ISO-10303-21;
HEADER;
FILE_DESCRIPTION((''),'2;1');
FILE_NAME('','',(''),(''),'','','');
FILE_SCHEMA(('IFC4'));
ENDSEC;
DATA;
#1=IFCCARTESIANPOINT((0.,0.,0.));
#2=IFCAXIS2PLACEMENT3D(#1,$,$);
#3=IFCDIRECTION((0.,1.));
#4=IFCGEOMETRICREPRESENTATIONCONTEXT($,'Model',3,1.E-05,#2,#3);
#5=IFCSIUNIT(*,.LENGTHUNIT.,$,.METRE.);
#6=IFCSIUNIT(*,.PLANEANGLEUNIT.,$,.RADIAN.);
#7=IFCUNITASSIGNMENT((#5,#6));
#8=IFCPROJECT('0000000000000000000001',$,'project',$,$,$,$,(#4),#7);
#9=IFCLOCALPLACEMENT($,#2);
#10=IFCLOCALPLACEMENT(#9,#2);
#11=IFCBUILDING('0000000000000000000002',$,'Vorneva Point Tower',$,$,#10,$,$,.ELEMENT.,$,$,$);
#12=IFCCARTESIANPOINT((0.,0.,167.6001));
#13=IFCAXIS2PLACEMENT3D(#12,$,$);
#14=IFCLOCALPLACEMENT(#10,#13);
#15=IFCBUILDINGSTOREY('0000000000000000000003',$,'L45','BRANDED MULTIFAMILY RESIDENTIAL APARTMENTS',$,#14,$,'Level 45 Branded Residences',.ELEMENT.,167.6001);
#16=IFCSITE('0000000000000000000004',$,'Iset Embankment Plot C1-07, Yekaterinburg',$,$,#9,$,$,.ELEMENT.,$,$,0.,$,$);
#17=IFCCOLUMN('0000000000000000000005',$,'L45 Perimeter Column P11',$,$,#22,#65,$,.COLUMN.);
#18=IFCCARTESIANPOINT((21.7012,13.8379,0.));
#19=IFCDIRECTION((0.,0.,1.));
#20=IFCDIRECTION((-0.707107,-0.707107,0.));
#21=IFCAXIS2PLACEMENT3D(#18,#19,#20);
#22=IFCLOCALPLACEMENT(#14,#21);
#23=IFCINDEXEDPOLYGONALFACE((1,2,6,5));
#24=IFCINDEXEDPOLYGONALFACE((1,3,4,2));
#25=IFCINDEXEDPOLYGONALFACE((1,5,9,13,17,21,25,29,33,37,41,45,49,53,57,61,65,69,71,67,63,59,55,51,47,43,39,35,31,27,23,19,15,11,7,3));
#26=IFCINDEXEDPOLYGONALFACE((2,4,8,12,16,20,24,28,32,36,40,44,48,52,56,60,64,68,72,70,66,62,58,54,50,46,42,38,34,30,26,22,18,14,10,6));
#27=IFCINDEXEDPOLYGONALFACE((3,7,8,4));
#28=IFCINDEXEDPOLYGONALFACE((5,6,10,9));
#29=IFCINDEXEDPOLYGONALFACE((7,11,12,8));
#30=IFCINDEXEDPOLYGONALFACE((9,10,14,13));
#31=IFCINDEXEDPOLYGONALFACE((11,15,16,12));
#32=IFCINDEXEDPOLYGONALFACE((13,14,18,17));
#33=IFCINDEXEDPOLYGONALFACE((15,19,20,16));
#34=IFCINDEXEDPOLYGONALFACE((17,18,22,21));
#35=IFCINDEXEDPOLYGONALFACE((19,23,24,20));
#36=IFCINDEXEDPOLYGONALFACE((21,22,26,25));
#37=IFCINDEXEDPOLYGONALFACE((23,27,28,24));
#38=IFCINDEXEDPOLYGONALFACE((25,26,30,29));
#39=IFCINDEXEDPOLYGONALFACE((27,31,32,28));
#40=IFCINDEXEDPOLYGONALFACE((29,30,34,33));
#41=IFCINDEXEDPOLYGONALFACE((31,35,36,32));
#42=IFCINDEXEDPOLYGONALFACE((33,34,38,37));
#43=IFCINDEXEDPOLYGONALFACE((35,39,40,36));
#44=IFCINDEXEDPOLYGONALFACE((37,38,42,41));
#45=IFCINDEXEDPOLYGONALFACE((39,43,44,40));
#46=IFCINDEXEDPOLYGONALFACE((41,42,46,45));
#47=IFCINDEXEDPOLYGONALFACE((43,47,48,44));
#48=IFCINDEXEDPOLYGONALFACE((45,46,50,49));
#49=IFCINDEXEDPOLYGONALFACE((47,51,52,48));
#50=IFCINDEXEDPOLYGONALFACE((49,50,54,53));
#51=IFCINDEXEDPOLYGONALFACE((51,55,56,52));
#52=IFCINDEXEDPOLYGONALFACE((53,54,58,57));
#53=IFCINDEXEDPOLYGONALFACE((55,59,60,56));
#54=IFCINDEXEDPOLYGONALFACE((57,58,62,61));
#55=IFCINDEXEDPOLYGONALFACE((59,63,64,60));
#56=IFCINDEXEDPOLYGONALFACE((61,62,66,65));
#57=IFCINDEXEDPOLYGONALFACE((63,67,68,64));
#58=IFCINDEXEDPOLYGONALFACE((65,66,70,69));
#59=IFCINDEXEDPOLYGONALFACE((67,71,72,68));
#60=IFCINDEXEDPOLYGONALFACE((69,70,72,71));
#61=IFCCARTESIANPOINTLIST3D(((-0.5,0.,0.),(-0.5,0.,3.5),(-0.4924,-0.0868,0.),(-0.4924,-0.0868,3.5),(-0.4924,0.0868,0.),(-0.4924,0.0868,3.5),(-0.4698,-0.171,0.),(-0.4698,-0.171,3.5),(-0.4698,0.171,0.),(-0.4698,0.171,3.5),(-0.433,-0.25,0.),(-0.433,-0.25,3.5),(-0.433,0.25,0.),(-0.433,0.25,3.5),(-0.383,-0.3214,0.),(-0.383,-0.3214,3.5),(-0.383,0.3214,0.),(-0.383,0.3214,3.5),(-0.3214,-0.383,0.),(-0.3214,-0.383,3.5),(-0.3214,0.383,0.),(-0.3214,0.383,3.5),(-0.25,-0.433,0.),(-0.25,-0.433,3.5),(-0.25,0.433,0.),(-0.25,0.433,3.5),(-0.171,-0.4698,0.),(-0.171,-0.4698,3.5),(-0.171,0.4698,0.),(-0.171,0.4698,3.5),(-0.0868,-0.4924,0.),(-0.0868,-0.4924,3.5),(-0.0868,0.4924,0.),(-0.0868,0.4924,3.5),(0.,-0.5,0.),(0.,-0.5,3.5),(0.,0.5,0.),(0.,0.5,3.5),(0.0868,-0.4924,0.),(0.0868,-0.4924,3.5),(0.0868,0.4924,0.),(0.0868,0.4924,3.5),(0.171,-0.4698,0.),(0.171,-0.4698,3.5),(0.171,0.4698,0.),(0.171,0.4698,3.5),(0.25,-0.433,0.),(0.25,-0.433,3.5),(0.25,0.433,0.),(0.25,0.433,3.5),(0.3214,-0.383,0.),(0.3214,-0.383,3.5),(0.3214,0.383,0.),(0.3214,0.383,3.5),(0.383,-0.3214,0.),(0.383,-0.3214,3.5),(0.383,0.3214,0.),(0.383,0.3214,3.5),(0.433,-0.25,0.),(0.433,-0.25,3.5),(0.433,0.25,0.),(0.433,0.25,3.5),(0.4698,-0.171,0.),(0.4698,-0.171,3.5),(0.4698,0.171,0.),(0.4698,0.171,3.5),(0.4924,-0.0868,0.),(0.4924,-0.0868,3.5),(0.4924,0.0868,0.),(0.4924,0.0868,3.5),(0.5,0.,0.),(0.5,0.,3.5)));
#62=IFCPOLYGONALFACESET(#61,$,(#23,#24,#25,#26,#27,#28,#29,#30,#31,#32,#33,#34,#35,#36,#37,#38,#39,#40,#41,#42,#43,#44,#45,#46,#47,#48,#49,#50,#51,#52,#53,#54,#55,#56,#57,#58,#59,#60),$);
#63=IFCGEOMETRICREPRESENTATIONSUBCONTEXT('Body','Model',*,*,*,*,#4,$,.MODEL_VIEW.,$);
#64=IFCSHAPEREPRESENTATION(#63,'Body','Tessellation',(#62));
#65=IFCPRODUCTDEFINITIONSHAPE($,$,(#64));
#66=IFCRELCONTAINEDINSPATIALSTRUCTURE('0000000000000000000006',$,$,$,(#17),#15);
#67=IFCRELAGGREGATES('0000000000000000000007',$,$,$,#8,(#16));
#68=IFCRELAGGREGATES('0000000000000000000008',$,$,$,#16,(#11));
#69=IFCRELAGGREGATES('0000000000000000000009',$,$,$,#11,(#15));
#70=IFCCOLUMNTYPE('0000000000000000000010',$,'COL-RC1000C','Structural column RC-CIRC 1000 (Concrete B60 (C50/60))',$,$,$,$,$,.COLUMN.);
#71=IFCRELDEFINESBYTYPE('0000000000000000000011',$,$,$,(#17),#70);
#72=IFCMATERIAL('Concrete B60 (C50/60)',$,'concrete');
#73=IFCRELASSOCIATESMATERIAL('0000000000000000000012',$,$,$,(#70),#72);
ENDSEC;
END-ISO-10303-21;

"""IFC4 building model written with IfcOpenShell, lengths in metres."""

from ifc_helpers import new_model, si_unit, direction, frame, origin, origin_2d, place, context, subcontext, project, spatial, circle, extrude, material, material_profile, profile_set, type_object, element, save


model = new_model("IFC4")

# Units and contexts
model_context = context("Model", 3, precision=1e-05, world=origin(), true_north=direction((0.0, 1.0)))
body_context = subcontext(model_context, "Body", "Model", "MODEL_VIEW")
ifc_project = project(units=[si_unit("LENGTHUNIT", "METRE"), si_unit("PLANEANGLEUNIT", "RADIAN")], contexts=[model_context])

# Site, building, storey
site_placement = place(None, origin())
site = spatial("IfcSite", under=ifc_project, at=site_placement, Name="Iset Embankment Plot C1-07, Yekaterinburg", CompositionType="ELEMENT", RefElevation=0.0)
building_placement = place(site_placement, origin())
building = spatial("IfcBuilding", under=site, at=building_placement, Name="Vorneva Point Tower", CompositionType="ELEMENT")
storey_placement = place(building_placement, frame((0.0, 0.0, 167.6001)))
storey = spatial("IfcBuildingStorey", under=building, at=storey_placement, Name="L45", Description="BRANDED MULTIFAMILY RESIDENTIAL APARTMENTS", LongName="Level 45 Branded Residences", CompositionType="ELEMENT", Elevation=167.6001)

# Column
ifc_material_1 = material(Name="Concrete B60 (C50/60)", Category="concrete")
ifc_material_profile_1 = material_profile(ifc_material_1, circle(Radius=0.5, at=origin_2d()), Name="RC-CIRC 1000")
ifc_profile_set_1 = profile_set([ifc_material_profile_1], Name="Concrete B60 (C50/60)")
column_type_1 = type_object("IfcColumnType", Name="COL-RC1000C", Description="Structural column RC-CIRC 1000 (Concrete B60 (C50/60))", PredefinedType="COLUMN", material=ifc_profile_set_1)
column_1_placement = place(storey_placement, frame((21.7012, 13.8379, 0.0), z_axis=(0.0, 0.0, 1.0), x_axis=(-0.707107, -0.707107, 0.0)))
element("IfcColumn", 1, at=column_1_placement, inside=storey, type_object=column_type_1, Name="L45 Perimeter Column P11", PredefinedType="COLUMN", context=body_context, shape_type="SweptSolid", body=[
    extrude(circle(Radius=0.5, at=origin_2d()), origin(), (0.0, 0.0, 1.0), 3.5),
])

save(model, "model.ifc")
